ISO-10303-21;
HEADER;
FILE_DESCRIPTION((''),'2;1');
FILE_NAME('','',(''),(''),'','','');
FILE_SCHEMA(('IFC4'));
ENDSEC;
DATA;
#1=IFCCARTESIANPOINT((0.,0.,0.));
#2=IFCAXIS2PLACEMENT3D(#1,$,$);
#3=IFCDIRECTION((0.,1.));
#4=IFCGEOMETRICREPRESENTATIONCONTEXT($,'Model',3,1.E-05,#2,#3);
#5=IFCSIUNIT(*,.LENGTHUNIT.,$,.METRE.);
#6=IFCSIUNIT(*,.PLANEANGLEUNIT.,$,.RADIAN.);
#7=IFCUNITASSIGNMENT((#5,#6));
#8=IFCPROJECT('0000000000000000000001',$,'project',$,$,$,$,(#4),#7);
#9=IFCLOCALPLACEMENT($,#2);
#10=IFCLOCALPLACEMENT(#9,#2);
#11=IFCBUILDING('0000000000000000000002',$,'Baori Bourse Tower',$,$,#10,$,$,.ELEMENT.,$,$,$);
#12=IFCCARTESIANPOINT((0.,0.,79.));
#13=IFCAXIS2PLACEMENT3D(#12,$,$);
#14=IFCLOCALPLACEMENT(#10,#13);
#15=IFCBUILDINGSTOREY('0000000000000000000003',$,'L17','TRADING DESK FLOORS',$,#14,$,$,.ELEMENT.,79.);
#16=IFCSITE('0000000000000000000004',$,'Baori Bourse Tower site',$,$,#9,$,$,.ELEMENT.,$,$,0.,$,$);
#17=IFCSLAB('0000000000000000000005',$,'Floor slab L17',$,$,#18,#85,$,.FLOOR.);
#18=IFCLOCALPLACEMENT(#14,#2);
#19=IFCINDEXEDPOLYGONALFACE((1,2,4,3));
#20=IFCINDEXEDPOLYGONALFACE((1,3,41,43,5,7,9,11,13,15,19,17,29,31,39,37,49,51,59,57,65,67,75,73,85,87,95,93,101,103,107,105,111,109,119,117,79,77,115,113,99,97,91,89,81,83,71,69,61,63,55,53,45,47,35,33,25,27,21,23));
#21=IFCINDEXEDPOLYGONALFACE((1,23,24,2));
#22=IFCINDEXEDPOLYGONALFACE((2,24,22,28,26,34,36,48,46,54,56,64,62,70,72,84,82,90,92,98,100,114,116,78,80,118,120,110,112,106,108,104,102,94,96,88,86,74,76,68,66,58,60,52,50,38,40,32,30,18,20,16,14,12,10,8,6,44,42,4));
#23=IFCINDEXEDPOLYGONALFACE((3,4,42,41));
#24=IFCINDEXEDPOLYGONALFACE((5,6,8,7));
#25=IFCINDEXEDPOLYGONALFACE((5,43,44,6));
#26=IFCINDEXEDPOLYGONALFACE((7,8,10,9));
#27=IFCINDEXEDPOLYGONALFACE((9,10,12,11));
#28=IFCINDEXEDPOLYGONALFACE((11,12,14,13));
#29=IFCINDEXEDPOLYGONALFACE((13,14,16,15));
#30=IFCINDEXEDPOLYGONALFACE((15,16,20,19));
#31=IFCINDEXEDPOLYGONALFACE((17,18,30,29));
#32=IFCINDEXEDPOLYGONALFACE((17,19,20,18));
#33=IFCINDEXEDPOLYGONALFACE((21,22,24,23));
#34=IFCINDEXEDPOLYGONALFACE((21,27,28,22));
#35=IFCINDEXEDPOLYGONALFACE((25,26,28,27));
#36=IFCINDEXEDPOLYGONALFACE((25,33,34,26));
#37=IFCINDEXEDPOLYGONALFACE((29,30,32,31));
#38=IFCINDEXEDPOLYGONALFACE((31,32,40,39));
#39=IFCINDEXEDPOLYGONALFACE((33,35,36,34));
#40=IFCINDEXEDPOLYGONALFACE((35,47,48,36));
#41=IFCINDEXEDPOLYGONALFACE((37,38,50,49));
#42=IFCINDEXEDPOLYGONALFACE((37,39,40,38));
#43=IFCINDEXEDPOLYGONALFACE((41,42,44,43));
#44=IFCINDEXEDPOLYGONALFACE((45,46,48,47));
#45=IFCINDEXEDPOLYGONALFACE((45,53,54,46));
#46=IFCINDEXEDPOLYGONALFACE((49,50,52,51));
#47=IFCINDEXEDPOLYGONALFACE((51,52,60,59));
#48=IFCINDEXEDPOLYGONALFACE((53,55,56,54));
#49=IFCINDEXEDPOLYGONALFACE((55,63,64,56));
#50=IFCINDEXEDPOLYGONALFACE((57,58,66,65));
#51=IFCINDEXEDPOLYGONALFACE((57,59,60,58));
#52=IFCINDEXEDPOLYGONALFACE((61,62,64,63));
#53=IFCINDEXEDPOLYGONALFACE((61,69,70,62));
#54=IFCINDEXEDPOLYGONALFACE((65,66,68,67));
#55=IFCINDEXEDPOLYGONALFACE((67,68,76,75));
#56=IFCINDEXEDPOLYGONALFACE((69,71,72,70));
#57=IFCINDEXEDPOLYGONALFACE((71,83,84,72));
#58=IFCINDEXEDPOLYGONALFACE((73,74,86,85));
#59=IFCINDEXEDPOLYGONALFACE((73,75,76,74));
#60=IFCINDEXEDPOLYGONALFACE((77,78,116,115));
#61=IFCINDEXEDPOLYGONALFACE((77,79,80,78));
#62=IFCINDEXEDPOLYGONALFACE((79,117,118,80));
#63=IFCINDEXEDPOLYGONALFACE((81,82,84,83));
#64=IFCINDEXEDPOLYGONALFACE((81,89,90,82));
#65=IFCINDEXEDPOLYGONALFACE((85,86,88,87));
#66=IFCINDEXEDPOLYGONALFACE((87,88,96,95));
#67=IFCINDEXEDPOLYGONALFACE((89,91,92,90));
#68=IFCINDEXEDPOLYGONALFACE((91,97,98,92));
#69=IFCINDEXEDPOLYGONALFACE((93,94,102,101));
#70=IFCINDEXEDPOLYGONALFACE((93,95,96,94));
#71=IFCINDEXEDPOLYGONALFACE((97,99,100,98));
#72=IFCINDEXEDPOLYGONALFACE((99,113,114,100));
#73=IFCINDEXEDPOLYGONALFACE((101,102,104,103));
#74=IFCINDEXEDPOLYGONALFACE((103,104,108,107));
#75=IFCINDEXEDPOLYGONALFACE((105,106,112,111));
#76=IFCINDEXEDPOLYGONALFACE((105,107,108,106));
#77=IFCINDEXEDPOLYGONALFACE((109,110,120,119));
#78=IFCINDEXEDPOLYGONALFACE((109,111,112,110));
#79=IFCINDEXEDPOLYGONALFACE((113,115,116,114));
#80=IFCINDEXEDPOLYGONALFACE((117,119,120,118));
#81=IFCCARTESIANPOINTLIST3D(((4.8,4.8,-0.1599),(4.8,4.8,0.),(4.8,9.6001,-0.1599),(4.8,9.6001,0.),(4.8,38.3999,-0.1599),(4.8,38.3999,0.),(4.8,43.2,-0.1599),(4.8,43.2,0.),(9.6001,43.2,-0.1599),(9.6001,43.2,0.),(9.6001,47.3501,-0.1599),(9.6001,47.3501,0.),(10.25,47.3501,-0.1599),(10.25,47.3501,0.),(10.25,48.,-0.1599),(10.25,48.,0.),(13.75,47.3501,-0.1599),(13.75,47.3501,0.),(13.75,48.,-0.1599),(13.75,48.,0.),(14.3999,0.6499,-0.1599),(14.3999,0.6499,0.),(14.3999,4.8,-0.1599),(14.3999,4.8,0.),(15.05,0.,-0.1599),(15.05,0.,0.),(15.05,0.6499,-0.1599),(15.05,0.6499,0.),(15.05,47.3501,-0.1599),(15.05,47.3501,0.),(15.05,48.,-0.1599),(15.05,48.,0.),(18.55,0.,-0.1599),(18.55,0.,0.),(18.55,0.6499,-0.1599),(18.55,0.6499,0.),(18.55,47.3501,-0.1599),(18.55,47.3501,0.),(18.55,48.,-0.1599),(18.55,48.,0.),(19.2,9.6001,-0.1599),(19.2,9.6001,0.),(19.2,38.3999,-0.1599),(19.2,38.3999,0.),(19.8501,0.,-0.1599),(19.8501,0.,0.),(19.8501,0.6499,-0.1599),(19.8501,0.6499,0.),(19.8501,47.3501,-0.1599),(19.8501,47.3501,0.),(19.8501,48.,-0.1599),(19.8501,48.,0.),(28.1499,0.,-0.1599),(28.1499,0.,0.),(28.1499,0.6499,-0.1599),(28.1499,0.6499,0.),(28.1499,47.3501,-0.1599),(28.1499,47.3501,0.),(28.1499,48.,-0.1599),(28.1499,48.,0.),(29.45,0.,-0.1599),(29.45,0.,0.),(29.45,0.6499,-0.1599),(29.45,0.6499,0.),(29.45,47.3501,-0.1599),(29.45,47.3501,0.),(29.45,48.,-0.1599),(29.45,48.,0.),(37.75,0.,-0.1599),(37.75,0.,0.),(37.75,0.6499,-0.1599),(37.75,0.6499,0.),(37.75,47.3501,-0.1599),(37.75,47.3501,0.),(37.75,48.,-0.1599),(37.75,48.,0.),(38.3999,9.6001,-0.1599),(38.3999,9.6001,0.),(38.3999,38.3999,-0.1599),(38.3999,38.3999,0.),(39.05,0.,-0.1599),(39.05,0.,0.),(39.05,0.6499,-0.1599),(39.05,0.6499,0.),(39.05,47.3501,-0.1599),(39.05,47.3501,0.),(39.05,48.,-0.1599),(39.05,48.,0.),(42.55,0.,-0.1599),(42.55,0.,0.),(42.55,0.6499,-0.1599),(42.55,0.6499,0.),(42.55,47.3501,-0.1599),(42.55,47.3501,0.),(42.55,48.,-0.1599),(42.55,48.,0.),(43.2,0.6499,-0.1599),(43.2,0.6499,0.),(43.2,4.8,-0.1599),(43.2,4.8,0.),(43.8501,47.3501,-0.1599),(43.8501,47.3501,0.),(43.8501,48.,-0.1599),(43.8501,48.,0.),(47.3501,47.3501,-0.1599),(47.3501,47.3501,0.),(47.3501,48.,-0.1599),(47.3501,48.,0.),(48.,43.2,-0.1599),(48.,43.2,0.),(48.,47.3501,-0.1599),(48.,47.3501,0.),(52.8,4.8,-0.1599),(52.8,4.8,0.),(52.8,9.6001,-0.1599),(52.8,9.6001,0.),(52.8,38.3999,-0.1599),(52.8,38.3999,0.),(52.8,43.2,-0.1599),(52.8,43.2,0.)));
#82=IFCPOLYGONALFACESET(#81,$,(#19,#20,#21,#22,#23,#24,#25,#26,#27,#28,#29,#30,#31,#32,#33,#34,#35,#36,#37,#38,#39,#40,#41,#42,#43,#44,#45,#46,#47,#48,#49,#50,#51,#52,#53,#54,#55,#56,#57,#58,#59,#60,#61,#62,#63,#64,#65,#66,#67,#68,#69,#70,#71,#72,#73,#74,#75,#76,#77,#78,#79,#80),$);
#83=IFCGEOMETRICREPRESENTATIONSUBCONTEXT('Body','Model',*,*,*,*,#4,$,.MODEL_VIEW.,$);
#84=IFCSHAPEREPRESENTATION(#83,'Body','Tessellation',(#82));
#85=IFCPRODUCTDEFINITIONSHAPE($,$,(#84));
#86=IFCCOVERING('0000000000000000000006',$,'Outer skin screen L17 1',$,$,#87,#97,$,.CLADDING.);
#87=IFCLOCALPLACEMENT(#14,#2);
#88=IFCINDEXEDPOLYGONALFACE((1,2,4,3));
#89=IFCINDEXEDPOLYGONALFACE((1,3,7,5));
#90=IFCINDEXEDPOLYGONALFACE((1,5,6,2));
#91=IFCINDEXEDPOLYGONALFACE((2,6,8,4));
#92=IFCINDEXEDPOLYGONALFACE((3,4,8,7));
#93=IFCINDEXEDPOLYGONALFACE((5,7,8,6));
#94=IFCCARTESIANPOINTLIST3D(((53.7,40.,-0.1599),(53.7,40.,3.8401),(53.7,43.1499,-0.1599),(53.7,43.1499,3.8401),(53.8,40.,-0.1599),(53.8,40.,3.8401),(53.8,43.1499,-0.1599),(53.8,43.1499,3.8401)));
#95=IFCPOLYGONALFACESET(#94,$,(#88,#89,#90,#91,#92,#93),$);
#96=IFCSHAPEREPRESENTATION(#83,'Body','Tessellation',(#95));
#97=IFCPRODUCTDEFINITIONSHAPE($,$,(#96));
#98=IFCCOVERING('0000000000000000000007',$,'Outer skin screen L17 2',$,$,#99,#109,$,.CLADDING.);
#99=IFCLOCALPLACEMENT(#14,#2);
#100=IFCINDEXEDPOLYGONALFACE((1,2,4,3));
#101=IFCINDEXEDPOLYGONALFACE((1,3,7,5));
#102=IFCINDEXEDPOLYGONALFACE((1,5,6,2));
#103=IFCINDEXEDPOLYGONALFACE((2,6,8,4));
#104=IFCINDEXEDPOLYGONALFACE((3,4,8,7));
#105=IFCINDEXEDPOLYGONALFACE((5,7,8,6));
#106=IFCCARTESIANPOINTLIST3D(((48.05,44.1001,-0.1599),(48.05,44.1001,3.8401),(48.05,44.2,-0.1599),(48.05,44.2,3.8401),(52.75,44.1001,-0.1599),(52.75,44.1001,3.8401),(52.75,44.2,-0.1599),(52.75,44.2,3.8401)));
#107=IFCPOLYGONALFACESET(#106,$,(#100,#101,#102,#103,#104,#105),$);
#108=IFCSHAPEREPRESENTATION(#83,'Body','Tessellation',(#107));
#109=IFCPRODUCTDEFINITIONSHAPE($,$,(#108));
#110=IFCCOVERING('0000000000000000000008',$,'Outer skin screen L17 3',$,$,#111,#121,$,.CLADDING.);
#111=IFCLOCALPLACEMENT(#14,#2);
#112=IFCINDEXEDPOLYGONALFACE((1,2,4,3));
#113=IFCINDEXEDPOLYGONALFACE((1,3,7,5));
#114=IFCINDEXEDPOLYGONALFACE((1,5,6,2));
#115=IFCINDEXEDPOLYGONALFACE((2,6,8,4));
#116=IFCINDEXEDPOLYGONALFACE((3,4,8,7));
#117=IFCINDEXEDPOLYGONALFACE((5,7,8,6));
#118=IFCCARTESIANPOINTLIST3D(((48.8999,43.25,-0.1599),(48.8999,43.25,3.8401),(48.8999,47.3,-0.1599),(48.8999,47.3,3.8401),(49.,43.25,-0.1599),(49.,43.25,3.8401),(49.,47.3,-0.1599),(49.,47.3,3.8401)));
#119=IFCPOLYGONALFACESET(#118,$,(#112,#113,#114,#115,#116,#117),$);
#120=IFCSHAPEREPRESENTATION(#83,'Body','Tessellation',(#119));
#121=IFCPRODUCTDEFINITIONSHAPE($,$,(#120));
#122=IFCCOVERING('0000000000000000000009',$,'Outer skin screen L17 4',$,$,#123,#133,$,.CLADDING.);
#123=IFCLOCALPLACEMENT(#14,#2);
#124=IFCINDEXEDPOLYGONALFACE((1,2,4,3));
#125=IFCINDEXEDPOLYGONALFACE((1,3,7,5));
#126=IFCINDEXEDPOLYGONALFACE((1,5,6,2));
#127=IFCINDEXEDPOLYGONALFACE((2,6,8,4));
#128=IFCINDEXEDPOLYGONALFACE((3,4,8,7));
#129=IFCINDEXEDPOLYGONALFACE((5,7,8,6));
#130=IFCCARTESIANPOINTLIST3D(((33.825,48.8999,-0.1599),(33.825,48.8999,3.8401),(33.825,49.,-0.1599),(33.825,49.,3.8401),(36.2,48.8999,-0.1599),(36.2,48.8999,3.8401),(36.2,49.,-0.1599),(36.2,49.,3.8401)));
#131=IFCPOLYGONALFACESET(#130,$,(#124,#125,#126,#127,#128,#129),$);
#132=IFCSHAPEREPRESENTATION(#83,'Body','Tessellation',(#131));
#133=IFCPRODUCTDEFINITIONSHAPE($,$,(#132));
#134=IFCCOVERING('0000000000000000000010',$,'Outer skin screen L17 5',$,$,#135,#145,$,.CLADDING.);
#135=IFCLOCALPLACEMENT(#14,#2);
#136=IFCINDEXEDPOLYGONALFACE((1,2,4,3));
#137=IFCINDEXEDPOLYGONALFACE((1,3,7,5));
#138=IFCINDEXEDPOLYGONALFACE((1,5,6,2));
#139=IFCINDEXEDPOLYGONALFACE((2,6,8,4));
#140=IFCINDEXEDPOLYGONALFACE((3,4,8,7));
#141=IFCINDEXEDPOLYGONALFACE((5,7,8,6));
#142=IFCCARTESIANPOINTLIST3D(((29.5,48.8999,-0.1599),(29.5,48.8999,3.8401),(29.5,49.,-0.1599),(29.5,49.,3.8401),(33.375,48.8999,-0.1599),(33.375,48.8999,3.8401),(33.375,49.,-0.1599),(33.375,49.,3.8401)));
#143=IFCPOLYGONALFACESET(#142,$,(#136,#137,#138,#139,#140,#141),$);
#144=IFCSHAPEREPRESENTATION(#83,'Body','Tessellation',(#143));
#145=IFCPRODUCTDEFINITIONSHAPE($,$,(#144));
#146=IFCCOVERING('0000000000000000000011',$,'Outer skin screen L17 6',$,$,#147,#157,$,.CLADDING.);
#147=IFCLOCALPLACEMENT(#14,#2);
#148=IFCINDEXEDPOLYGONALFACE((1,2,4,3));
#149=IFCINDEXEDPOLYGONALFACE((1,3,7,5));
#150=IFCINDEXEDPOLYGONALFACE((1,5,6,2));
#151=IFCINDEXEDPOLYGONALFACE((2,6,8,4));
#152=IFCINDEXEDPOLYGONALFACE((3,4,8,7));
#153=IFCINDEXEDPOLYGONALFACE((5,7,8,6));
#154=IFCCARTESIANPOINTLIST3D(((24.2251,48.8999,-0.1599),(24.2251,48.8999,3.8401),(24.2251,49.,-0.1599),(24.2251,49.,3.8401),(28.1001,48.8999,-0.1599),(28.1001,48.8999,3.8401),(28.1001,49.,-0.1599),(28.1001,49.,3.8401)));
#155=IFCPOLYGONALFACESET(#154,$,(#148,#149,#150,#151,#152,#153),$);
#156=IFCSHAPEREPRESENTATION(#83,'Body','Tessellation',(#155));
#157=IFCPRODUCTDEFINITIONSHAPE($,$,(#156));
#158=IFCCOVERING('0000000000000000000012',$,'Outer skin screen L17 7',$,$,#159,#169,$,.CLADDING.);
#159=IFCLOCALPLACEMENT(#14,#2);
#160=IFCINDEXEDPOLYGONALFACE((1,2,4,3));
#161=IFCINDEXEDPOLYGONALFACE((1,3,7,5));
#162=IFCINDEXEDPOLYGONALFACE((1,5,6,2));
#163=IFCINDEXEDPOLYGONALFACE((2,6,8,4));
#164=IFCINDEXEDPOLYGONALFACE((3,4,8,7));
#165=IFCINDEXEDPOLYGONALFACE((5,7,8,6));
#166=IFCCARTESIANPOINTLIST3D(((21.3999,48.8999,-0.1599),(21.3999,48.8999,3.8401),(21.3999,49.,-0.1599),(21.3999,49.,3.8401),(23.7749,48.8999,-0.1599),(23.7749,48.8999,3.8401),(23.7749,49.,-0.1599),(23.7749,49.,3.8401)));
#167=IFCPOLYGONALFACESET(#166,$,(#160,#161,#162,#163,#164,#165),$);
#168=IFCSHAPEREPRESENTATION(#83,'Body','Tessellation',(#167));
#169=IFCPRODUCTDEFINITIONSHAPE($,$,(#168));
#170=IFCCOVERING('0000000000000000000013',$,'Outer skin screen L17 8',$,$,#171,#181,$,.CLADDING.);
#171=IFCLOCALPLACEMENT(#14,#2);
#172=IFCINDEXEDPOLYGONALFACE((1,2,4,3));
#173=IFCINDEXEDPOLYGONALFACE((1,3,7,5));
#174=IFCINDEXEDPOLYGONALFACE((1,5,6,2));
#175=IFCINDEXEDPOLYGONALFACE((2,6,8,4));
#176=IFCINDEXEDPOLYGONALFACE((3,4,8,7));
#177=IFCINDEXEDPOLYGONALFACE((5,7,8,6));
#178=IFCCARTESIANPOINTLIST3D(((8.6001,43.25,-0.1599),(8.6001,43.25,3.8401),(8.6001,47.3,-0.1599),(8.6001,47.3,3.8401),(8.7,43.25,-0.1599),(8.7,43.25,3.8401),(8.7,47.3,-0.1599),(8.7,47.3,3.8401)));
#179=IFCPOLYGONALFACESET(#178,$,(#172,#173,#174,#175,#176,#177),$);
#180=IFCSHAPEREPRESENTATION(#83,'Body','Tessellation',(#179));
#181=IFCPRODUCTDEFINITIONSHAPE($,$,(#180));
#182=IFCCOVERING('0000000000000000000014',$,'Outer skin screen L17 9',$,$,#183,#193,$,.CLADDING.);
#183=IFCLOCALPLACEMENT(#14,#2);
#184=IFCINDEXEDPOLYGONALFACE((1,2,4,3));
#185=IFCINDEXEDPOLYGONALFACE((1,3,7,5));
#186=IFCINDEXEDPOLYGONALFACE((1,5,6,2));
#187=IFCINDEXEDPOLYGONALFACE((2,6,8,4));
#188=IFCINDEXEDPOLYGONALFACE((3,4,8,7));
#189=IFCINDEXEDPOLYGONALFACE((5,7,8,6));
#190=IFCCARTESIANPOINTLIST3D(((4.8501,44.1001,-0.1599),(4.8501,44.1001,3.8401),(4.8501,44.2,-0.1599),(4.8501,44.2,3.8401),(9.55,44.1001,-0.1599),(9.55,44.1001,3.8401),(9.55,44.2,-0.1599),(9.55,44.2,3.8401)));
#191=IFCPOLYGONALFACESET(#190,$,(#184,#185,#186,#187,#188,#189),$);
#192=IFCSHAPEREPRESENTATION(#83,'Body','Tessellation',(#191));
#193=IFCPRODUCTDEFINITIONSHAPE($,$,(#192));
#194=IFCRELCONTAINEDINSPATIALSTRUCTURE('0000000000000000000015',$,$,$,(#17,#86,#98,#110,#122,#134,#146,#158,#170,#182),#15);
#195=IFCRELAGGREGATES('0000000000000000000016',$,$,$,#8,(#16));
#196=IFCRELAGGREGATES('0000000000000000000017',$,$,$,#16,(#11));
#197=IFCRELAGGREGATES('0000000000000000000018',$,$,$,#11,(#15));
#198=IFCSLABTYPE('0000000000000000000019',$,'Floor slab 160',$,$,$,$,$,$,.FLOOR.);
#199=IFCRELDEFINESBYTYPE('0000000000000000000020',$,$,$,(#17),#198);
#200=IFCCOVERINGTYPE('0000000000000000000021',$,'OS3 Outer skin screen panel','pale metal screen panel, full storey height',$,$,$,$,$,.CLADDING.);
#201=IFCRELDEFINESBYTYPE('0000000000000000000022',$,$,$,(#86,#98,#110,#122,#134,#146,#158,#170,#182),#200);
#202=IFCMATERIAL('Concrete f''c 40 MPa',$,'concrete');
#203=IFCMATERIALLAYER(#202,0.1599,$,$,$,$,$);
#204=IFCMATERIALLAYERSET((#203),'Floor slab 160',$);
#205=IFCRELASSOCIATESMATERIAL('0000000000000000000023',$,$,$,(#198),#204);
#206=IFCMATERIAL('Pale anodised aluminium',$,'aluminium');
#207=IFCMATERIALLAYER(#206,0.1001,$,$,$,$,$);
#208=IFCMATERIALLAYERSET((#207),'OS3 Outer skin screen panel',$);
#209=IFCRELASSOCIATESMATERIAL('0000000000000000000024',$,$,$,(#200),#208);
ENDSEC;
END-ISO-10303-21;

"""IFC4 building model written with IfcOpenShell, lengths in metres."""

from ifc_helpers import new_model, si_unit, direction, frame, origin, place, context, subcontext, project, spatial, polyline, outline, extrude, material, layer, layer_set, type_object, element, save


model = new_model("IFC4")

# Units and contexts
model_context = context("Model", 3, precision=1e-05, world=origin(), true_north=direction((0.0, 1.0)))
body_context = subcontext(model_context, "Body", "Model", "MODEL_VIEW")
ifc_project = project(units=[si_unit("LENGTHUNIT", "METRE"), si_unit("PLANEANGLEUNIT", "RADIAN")], contexts=[model_context])

# Site, building, storey
site_placement = place(None, origin())
site = spatial("IfcSite", under=ifc_project, at=site_placement, Name="Baori Bourse Tower site", CompositionType="ELEMENT", RefElevation=0.0)
building_placement = place(site_placement, origin())
building = spatial("IfcBuilding", under=site, at=building_placement, Name="Baori Bourse Tower", CompositionType="ELEMENT")
storey_placement = place(building_placement, frame((0.0, 0.0, 79.0)))
storey = spatial("IfcBuildingStorey", under=building, at=storey_placement, Name="L17", Description="TRADING DESK FLOORS", CompositionType="ELEMENT", Elevation=79.0)

# Slab
ifc_material_1 = material(Name="Concrete f'c 40 MPa", Category="concrete")
ifc_layer_1 = layer(ifc_material_1, 0.1599)
ifc_layer_set_1 = layer_set([ifc_layer_1], Name="Floor slab 160")
slab_type_1 = type_object("IfcSlabType", Name="Floor slab 160", PredefinedType="FLOOR", material=ifc_layer_set_1)
slab_1_placement = place(storey_placement, frame((0.0, 0.0, -0.1599)))
element("IfcSlab", 1, at=slab_1_placement, inside=storey, type_object=slab_type_1, Name="Floor slab L17", PredefinedType="FLOOR", context=body_context, shape_type="SweptSolid", body=[
    extrude(outline(polyline([(14.3999, 4.8), (4.8, 4.8), (4.8, 9.6001), (19.2, 9.6001), (19.2, 38.3999), (4.8, 38.3999), (4.8, 43.2), (9.6001, 43.2), (9.6001, 47.3501), (10.25, 47.3501), (10.25, 48.0), (13.75, 48.0), (13.75, 47.3501), (15.05, 47.3501), (15.05, 48.0), (18.55, 48.0), (18.55, 47.3501), (19.8501, 47.3501), (19.8501, 48.0), (28.1499, 48.0), (28.1499, 47.3501), (29.45, 47.3501), (29.45, 48.0), (37.75, 48.0), (37.75, 47.3501), (39.05, 47.3501), (39.05, 48.0), (42.55, 48.0), (42.55, 47.3501), (43.8501, 47.3501), (43.8501, 48.0), (47.3501, 48.0), (47.3501, 47.3501), (48.0, 47.3501), (48.0, 43.2), (52.8, 43.2), (52.8, 38.3999), (38.3999, 38.3999), (38.3999, 9.6001), (52.8, 9.6001), (52.8, 4.8), (43.2, 4.8), (43.2, 0.6499), (42.55, 0.6499), (42.55, 0.0), (39.05, 0.0), (39.05, 0.6499), (37.75, 0.6499), (37.75, 0.0), (29.45, 0.0), (29.45, 0.6499), (28.1499, 0.6499), (28.1499, 0.0), (19.8501, 0.0), (19.8501, 0.6499), (18.55, 0.6499), (18.55, 0.0), (15.05, 0.0), (15.05, 0.6499), (14.3999, 0.6499), (14.3999, 4.8)])), origin(), (0.0, 0.0, 1.0), 0.1599),
])

# Coverings
ifc_material_2 = material(Name="Pale anodised aluminium", Category="aluminium")
ifc_layer_2 = layer(ifc_material_2, 0.1001)
ifc_layer_set_2 = layer_set([ifc_layer_2], Name="OS3 Outer skin screen panel")
covering_type = type_object("IfcCoveringType", Name="OS3 Outer skin screen panel", Description="pale metal screen panel, full storey height", PredefinedType="CLADDING", material=ifc_layer_set_2)
covering_1_placement = place(storey_placement, frame((0.0, 0.0, -0.1599)))
element("IfcCovering", 2, at=covering_1_placement, inside=storey, type_object=covering_type, Name="Outer skin screen L17 1", PredefinedType="CLADDING", context=body_context, shape_type="SweptSolid", body=[
    extrude(outline(polyline([(53.7, 43.1499), (53.7, 40.0), (53.8, 40.0), (53.8, 43.1499), (53.7, 43.1499)])), origin(), (0.0, 0.0, 1.0), 4.0),
])
covering_2_placement = place(storey_placement, frame((0.0, 0.0, -0.1599)))
element("IfcCovering", 3, at=covering_2_placement, inside=storey, type_object=covering_type, Name="Outer skin screen L17 2", PredefinedType="CLADDING", context=body_context, shape_type="SweptSolid", body=[
    extrude(outline(polyline([(48.05, 44.1001), (52.75, 44.1001), (52.75, 44.2), (48.05, 44.2), (48.05, 44.1001)])), origin(), (0.0, 0.0, 1.0), 4.0),
])
covering_3_placement = place(storey_placement, frame((0.0, 0.0, -0.1599)))
element("IfcCovering", 4, at=covering_3_placement, inside=storey, type_object=covering_type, Name="Outer skin screen L17 3", PredefinedType="CLADDING", context=body_context, shape_type="SweptSolid", body=[
    extrude(outline(polyline([(48.8999, 47.3), (48.8999, 43.25), (49.0, 43.25), (49.0, 47.3), (48.8999, 47.3)])), origin(), (0.0, 0.0, 1.0), 4.0),
])
covering_4_placement = place(storey_placement, frame((0.0, 0.0, -0.1599)))
element("IfcCovering", 5, at=covering_4_placement, inside=storey, type_object=covering_type, Name="Outer skin screen L17 4", PredefinedType="CLADDING", context=body_context, shape_type="SweptSolid", body=[
    extrude(outline(polyline([(33.825, 48.8999), (36.2, 48.8999), (36.2, 49.0), (33.825, 49.0), (33.825, 48.8999)])), origin(), (0.0, 0.0, 1.0), 4.0),
])
covering_5_placement = place(storey_placement, frame((0.0, 0.0, -0.1599)))
element("IfcCovering", 6, at=covering_5_placement, inside=storey, type_object=covering_type, Name="Outer skin screen L17 5", PredefinedType="CLADDING", context=body_context, shape_type="SweptSolid", body=[
    extrude(outline(polyline([(29.5, 48.8999), (33.375, 48.8999), (33.375, 49.0), (29.5, 49.0), (29.5, 48.8999)])), origin(), (0.0, 0.0, 1.0), 4.0),
])
covering_6_placement = place(storey_placement, frame((0.0, 0.0, -0.1599)))
element("IfcCovering", 7, at=covering_6_placement, inside=storey, type_object=covering_type, Name="Outer skin screen L17 6", PredefinedType="CLADDING", context=body_context, shape_type="SweptSolid", body=[
    extrude(outline(polyline([(24.2251, 48.8999), (28.1001, 48.8999), (28.1001, 49.0), (24.2251, 49.0), (24.2251, 48.8999)])), origin(), (0.0, 0.0, 1.0), 4.0),
])
covering_7_placement = place(storey_placement, frame((0.0, 0.0, -0.1599)))
element("IfcCovering", 8, at=covering_7_placement, inside=storey, type_object=covering_type, Name="Outer skin screen L17 7", PredefinedType="CLADDING", context=body_context, shape_type="SweptSolid", body=[
    extrude(outline(polyline([(21.3999, 48.8999), (23.7749, 48.8999), (23.7749, 49.0), (21.3999, 49.0), (21.3999, 48.8999)])), origin(), (0.0, 0.0, 1.0), 4.0),
])
covering_8_placement = place(storey_placement, frame((0.0, 0.0, -0.1599)))
element("IfcCovering", 9, at=covering_8_placement, inside=storey, type_object=covering_type, Name="Outer skin screen L17 8", PredefinedType="CLADDING", context=body_context, shape_type="SweptSolid", body=[
    extrude(outline(polyline([(8.7, 43.25), (8.7, 47.3), (8.6001, 47.3), (8.6001, 43.25), (8.7, 43.25)])), origin(), (0.0, 0.0, 1.0), 4.0),
])
covering_9_placement = place(storey_placement, frame((0.0, 0.0, -0.1599)))
element("IfcCovering", 10, at=covering_9_placement, inside=storey, type_object=covering_type, Name="Outer skin screen L17 9", PredefinedType="CLADDING", context=body_context, shape_type="SweptSolid", body=[
    extrude(outline(polyline([(4.8501, 44.1001), (9.55, 44.1001), (9.55, 44.2), (4.8501, 44.2), (4.8501, 44.1001)])), origin(), (0.0, 0.0, 1.0), 4.0),
])

save(model, "model.ifc")
